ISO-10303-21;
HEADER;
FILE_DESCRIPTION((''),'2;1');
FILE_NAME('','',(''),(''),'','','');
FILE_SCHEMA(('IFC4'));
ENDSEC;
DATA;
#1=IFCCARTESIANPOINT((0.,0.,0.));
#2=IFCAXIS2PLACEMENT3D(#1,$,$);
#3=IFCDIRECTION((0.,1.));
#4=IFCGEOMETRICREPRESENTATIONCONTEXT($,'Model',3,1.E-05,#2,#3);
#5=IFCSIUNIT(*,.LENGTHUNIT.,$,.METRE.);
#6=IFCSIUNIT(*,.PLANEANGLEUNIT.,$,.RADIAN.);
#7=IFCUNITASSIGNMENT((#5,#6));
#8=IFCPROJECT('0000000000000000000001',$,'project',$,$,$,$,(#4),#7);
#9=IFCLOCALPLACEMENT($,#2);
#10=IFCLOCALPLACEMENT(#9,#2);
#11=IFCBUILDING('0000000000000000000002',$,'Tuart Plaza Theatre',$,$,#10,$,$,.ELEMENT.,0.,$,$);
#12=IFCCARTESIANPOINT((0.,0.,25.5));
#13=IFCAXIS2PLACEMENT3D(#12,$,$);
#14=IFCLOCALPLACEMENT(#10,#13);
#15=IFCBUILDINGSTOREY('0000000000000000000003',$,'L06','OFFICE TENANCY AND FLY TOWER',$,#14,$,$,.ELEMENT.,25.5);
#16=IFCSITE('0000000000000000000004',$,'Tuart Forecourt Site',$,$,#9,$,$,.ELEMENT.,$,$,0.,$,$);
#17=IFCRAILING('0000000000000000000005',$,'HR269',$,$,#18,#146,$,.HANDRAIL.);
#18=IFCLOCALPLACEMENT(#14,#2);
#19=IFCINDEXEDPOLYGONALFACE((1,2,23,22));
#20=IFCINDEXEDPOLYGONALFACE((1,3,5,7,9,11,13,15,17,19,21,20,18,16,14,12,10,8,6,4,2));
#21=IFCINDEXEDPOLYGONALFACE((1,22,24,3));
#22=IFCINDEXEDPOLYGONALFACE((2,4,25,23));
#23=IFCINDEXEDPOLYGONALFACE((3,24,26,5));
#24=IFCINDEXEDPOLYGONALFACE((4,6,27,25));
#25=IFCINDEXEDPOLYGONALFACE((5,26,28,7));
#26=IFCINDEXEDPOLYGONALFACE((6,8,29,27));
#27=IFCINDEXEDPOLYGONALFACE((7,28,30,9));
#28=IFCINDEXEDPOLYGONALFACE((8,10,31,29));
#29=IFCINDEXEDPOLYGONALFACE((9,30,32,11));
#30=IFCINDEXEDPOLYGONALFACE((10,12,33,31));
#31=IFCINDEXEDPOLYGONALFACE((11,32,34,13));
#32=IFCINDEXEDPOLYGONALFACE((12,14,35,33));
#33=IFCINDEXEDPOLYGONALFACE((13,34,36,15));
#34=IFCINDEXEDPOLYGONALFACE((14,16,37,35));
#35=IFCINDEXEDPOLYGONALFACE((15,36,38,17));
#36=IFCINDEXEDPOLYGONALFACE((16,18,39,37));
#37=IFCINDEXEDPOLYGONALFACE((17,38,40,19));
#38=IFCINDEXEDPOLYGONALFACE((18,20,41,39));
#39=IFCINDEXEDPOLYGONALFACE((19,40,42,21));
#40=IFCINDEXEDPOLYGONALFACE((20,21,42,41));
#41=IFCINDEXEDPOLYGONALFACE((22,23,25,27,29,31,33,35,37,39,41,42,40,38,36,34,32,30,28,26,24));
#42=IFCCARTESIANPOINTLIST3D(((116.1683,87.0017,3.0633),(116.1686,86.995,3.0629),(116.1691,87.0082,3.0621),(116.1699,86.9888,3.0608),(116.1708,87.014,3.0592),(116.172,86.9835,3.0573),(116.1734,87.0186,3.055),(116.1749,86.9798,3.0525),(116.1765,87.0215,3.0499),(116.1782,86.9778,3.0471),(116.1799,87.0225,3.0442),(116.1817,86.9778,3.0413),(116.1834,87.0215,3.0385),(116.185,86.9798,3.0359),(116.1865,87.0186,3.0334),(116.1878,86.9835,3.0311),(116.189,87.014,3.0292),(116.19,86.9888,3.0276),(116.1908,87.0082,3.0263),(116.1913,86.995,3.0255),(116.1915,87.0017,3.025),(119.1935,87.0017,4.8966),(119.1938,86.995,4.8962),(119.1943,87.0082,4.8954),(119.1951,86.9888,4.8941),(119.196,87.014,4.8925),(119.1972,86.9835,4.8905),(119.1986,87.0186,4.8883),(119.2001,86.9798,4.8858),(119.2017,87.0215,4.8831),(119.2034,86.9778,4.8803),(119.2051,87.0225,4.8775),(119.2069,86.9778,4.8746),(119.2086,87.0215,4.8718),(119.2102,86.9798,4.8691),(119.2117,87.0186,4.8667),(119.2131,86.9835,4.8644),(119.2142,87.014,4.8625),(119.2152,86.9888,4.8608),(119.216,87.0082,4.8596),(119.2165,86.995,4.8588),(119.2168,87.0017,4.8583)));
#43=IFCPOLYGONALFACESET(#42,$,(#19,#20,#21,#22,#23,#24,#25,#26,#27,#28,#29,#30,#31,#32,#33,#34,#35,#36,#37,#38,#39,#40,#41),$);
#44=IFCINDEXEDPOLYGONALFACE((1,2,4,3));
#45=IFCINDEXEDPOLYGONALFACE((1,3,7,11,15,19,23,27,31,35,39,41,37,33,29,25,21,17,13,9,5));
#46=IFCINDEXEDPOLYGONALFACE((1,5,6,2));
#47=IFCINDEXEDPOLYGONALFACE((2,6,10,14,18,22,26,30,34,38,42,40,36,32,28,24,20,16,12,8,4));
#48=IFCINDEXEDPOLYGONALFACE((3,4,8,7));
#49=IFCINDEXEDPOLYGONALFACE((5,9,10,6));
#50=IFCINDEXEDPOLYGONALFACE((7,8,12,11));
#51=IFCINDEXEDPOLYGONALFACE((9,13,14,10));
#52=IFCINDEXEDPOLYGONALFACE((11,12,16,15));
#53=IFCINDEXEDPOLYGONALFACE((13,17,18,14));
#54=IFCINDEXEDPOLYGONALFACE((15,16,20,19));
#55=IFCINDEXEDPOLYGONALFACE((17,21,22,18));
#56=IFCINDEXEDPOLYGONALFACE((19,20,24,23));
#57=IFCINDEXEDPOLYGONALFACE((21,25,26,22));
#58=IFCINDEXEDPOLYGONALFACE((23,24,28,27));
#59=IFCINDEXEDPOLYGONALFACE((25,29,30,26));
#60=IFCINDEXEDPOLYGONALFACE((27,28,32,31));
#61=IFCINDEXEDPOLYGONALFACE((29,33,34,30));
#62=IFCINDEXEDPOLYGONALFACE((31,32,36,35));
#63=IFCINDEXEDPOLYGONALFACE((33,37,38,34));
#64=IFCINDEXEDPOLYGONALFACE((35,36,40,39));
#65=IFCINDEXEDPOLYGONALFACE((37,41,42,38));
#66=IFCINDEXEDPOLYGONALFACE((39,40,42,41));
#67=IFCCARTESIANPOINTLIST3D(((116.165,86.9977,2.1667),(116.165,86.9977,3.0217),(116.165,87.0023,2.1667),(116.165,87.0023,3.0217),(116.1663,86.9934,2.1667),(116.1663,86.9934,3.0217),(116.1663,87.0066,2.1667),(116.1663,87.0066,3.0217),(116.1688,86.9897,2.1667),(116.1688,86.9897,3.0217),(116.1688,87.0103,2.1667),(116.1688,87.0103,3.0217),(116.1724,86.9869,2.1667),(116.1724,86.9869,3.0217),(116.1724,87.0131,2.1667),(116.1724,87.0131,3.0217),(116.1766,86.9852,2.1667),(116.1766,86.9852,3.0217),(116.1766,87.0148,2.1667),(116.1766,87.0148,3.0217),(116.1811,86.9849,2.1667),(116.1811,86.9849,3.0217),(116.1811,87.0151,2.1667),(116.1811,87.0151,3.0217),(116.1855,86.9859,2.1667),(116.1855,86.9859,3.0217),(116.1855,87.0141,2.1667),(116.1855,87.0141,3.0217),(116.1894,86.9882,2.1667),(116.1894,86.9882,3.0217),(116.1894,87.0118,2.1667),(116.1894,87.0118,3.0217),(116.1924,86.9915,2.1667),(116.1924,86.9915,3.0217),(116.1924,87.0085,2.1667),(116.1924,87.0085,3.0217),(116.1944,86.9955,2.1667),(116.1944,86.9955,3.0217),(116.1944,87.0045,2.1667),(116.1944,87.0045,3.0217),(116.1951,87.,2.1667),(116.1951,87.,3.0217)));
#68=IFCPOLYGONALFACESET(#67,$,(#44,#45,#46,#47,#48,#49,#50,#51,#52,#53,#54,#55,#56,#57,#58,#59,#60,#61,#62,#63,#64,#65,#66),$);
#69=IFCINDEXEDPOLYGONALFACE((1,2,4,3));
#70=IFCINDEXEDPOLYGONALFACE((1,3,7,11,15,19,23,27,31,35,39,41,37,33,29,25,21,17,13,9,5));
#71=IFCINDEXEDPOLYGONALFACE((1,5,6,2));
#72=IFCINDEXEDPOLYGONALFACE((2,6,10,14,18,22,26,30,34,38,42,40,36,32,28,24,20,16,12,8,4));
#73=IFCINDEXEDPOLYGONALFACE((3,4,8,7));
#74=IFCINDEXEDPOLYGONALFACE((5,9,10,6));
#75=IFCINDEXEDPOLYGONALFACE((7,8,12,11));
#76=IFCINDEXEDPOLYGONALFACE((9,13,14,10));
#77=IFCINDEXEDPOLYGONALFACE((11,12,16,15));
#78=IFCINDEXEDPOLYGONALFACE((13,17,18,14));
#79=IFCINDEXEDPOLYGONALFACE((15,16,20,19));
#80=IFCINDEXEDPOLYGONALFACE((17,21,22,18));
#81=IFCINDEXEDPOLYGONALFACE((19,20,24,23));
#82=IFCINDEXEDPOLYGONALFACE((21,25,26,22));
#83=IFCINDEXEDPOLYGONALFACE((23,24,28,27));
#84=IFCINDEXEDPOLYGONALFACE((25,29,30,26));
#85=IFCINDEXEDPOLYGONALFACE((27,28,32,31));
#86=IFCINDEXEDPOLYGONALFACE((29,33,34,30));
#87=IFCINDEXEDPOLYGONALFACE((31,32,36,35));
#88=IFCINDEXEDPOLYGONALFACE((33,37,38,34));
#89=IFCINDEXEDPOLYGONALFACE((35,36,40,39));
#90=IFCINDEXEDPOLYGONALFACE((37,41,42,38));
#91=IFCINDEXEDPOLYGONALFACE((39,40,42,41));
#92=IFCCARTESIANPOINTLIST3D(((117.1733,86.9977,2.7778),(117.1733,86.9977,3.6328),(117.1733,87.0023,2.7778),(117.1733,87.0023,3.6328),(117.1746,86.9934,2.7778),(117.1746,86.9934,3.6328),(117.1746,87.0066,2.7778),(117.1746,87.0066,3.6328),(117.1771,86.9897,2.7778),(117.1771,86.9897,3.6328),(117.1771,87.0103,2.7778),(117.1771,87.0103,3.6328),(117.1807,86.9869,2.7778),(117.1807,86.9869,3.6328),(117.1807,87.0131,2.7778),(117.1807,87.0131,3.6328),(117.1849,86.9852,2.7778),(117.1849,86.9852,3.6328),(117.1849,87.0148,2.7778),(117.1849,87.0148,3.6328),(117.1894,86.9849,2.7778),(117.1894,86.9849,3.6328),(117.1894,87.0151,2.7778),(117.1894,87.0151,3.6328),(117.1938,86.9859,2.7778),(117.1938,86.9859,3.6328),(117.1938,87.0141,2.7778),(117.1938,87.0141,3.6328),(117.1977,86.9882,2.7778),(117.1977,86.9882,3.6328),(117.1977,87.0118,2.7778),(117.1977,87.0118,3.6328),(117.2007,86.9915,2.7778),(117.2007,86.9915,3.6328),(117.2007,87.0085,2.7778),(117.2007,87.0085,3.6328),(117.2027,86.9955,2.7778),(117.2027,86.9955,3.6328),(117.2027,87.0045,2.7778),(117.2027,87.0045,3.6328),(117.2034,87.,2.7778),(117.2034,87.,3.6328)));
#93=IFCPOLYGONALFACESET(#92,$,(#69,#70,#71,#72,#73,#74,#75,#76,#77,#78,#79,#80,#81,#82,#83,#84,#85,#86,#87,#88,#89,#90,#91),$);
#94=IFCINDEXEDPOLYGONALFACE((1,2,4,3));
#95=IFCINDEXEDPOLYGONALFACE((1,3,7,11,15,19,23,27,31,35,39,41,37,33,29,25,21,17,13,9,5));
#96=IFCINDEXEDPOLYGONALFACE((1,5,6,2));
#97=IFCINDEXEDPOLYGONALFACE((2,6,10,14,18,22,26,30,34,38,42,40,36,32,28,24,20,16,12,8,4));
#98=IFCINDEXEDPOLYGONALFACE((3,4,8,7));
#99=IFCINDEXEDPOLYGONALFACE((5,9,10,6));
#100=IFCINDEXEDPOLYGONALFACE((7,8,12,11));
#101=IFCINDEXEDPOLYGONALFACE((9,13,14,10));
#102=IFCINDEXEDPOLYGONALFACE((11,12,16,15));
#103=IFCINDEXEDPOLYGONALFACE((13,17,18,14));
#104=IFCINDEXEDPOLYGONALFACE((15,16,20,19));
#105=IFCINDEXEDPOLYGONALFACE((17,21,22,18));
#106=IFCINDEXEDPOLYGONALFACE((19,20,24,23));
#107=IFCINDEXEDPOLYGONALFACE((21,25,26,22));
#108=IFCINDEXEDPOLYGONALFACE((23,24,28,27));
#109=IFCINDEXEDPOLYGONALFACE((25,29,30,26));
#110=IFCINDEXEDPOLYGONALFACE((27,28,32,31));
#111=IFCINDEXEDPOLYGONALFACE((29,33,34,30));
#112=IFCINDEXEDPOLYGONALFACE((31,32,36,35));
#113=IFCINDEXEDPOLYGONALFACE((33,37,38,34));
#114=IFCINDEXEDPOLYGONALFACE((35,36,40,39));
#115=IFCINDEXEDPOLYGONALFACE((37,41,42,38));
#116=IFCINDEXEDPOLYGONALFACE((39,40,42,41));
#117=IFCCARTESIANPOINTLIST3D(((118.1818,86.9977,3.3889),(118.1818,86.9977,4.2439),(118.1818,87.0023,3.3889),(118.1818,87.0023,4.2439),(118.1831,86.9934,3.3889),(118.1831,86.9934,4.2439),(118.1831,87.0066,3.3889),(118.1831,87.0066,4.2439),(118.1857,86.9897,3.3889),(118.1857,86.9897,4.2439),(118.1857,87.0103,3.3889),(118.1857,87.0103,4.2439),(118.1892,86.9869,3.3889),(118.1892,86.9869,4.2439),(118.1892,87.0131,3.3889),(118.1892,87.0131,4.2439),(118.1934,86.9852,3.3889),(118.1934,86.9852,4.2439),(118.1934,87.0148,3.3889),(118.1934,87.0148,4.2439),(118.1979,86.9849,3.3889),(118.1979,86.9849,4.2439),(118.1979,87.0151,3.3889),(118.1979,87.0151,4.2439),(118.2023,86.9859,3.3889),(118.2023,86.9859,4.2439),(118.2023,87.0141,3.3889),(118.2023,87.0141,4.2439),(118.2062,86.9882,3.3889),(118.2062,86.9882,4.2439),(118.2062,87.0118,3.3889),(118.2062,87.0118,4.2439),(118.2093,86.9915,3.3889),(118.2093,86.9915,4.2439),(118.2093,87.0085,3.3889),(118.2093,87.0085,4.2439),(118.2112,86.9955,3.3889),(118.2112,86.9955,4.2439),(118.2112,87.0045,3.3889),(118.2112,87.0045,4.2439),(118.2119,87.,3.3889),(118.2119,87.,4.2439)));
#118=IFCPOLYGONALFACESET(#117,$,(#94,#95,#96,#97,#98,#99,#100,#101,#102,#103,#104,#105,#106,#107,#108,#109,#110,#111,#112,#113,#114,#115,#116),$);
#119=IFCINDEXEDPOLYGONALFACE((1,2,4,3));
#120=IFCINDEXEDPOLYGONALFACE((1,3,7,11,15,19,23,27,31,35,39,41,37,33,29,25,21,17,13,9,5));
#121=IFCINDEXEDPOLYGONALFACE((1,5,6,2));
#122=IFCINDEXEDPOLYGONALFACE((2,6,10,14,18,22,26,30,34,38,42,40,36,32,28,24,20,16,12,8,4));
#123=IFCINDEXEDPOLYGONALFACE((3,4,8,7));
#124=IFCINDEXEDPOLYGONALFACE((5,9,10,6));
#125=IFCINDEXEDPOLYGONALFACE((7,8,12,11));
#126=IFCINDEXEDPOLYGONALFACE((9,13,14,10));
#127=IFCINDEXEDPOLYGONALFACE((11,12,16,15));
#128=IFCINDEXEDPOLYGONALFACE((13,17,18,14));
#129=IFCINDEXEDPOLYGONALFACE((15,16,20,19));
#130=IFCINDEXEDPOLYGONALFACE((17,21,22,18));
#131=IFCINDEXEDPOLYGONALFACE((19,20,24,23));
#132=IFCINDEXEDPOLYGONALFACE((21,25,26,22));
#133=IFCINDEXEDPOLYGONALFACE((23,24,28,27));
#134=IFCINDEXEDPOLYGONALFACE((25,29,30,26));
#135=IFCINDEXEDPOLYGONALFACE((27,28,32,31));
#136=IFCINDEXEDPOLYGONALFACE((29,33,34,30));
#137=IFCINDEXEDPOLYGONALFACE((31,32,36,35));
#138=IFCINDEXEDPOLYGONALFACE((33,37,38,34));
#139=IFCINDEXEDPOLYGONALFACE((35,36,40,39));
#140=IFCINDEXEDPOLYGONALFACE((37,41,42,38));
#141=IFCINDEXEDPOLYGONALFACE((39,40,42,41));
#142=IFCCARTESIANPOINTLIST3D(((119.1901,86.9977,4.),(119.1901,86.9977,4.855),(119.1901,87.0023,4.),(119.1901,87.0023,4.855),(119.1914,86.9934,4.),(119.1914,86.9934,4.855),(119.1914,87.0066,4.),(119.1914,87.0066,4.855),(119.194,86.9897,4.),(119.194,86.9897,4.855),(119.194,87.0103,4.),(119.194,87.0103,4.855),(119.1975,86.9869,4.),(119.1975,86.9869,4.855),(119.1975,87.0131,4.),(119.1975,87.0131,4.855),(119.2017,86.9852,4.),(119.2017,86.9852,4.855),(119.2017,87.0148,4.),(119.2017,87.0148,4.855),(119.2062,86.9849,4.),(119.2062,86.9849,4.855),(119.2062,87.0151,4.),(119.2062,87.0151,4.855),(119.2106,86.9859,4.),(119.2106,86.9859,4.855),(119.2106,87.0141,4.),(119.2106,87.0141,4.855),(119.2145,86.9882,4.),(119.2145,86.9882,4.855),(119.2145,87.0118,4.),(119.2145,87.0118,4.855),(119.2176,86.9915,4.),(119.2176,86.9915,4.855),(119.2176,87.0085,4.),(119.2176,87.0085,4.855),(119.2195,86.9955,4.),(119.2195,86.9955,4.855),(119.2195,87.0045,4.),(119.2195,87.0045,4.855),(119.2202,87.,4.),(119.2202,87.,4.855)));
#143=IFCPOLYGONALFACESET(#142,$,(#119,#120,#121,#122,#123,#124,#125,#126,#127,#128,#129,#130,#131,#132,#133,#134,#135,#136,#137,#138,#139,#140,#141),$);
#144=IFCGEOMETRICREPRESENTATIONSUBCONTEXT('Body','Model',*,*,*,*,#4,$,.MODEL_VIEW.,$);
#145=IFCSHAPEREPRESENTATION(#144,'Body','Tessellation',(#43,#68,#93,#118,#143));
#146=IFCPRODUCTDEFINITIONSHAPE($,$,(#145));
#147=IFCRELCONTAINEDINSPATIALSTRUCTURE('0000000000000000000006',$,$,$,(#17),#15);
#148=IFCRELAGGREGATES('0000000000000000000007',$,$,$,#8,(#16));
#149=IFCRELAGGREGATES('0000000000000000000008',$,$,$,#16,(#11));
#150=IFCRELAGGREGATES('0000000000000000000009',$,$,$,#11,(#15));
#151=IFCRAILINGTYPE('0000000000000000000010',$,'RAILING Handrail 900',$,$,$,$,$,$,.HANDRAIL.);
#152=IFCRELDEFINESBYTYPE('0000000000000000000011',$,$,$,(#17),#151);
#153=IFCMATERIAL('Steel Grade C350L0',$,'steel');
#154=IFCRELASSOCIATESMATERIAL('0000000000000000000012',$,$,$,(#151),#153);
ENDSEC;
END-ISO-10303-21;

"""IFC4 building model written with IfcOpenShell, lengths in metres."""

from ifc_helpers import new_model, si_unit, direction, frame, origin, origin_2d, place, context, subcontext, project, spatial, circle, extrude, material, type_object, element, save


model = new_model("IFC4")

# Units and contexts
model_context = context("Model", 3, precision=1e-05, world=origin(), true_north=direction((0.0, 1.0)))
body_context = subcontext(model_context, "Body", "Model", "MODEL_VIEW")
ifc_project = project(units=[si_unit("LENGTHUNIT", "METRE"), si_unit("PLANEANGLEUNIT", "RADIAN")], contexts=[model_context])

# Site, building, storey
site_placement = place(None, origin())
site = spatial("IfcSite", under=ifc_project, at=site_placement, Name="Tuart Forecourt Site", CompositionType="ELEMENT", RefElevation=0.0)
building_placement = place(site_placement, origin())
building = spatial("IfcBuilding", under=site, at=building_placement, Name="Tuart Plaza Theatre", CompositionType="ELEMENT", ElevationOfRefHeight=0.0)
storey_placement = place(building_placement, frame((0.0, 0.0, 25.5)))
storey = spatial("IfcBuildingStorey", under=building, at=storey_placement, Name="L06", Description="OFFICE TENANCY AND FLY TOWER", CompositionType="ELEMENT", Elevation=25.5)

# Railing
ifc_material_1 = material(Name="Steel Grade C350L0", Category="steel")
railing_type_1 = type_object("IfcRailingType", Name="RAILING Handrail 900", PredefinedType="HANDRAIL", material=ifc_material_1)
for number, where, name in (
    (1, (116.1799, 87.0, 2.1667), "HR269"),
):
    element("IfcRailing", number, at=place(storey_placement, frame(where)), inside=storey, type_object=railing_type_1, Name=name, PredefinedType="HANDRAIL", context=body_context, shape_type="SweptSolid", body=[
        extrude(circle(Radius=0.0225, at=origin_2d()), frame((0.0, 0.0, 0.8774), z_axis=(0.855219, 0.0, 0.518267), x_axis=(0.0, 1.0, 0.0)), (0.0, 0.0, 1.0), 3.5374),
        extrude(circle(Radius=0.0151, at=origin_2d()), origin(), (0.0, 0.0, 1.0), 0.855),
        extrude(circle(Radius=0.0151, at=origin_2d()), frame((1.0083, 0.0, 0.6111)), (0.0, 0.0, 1.0), 0.855),
        extrude(circle(Radius=0.0151, at=origin_2d()), frame((2.0168, 0.0, 1.2222)), (0.0, 0.0, 1.0), 0.855),
        extrude(circle(Radius=0.0151, at=origin_2d()), frame((3.0251, 0.0, 1.8333)), (0.0, 0.0, 1.0), 0.855),
    ])

save(model, "model.ifc")
